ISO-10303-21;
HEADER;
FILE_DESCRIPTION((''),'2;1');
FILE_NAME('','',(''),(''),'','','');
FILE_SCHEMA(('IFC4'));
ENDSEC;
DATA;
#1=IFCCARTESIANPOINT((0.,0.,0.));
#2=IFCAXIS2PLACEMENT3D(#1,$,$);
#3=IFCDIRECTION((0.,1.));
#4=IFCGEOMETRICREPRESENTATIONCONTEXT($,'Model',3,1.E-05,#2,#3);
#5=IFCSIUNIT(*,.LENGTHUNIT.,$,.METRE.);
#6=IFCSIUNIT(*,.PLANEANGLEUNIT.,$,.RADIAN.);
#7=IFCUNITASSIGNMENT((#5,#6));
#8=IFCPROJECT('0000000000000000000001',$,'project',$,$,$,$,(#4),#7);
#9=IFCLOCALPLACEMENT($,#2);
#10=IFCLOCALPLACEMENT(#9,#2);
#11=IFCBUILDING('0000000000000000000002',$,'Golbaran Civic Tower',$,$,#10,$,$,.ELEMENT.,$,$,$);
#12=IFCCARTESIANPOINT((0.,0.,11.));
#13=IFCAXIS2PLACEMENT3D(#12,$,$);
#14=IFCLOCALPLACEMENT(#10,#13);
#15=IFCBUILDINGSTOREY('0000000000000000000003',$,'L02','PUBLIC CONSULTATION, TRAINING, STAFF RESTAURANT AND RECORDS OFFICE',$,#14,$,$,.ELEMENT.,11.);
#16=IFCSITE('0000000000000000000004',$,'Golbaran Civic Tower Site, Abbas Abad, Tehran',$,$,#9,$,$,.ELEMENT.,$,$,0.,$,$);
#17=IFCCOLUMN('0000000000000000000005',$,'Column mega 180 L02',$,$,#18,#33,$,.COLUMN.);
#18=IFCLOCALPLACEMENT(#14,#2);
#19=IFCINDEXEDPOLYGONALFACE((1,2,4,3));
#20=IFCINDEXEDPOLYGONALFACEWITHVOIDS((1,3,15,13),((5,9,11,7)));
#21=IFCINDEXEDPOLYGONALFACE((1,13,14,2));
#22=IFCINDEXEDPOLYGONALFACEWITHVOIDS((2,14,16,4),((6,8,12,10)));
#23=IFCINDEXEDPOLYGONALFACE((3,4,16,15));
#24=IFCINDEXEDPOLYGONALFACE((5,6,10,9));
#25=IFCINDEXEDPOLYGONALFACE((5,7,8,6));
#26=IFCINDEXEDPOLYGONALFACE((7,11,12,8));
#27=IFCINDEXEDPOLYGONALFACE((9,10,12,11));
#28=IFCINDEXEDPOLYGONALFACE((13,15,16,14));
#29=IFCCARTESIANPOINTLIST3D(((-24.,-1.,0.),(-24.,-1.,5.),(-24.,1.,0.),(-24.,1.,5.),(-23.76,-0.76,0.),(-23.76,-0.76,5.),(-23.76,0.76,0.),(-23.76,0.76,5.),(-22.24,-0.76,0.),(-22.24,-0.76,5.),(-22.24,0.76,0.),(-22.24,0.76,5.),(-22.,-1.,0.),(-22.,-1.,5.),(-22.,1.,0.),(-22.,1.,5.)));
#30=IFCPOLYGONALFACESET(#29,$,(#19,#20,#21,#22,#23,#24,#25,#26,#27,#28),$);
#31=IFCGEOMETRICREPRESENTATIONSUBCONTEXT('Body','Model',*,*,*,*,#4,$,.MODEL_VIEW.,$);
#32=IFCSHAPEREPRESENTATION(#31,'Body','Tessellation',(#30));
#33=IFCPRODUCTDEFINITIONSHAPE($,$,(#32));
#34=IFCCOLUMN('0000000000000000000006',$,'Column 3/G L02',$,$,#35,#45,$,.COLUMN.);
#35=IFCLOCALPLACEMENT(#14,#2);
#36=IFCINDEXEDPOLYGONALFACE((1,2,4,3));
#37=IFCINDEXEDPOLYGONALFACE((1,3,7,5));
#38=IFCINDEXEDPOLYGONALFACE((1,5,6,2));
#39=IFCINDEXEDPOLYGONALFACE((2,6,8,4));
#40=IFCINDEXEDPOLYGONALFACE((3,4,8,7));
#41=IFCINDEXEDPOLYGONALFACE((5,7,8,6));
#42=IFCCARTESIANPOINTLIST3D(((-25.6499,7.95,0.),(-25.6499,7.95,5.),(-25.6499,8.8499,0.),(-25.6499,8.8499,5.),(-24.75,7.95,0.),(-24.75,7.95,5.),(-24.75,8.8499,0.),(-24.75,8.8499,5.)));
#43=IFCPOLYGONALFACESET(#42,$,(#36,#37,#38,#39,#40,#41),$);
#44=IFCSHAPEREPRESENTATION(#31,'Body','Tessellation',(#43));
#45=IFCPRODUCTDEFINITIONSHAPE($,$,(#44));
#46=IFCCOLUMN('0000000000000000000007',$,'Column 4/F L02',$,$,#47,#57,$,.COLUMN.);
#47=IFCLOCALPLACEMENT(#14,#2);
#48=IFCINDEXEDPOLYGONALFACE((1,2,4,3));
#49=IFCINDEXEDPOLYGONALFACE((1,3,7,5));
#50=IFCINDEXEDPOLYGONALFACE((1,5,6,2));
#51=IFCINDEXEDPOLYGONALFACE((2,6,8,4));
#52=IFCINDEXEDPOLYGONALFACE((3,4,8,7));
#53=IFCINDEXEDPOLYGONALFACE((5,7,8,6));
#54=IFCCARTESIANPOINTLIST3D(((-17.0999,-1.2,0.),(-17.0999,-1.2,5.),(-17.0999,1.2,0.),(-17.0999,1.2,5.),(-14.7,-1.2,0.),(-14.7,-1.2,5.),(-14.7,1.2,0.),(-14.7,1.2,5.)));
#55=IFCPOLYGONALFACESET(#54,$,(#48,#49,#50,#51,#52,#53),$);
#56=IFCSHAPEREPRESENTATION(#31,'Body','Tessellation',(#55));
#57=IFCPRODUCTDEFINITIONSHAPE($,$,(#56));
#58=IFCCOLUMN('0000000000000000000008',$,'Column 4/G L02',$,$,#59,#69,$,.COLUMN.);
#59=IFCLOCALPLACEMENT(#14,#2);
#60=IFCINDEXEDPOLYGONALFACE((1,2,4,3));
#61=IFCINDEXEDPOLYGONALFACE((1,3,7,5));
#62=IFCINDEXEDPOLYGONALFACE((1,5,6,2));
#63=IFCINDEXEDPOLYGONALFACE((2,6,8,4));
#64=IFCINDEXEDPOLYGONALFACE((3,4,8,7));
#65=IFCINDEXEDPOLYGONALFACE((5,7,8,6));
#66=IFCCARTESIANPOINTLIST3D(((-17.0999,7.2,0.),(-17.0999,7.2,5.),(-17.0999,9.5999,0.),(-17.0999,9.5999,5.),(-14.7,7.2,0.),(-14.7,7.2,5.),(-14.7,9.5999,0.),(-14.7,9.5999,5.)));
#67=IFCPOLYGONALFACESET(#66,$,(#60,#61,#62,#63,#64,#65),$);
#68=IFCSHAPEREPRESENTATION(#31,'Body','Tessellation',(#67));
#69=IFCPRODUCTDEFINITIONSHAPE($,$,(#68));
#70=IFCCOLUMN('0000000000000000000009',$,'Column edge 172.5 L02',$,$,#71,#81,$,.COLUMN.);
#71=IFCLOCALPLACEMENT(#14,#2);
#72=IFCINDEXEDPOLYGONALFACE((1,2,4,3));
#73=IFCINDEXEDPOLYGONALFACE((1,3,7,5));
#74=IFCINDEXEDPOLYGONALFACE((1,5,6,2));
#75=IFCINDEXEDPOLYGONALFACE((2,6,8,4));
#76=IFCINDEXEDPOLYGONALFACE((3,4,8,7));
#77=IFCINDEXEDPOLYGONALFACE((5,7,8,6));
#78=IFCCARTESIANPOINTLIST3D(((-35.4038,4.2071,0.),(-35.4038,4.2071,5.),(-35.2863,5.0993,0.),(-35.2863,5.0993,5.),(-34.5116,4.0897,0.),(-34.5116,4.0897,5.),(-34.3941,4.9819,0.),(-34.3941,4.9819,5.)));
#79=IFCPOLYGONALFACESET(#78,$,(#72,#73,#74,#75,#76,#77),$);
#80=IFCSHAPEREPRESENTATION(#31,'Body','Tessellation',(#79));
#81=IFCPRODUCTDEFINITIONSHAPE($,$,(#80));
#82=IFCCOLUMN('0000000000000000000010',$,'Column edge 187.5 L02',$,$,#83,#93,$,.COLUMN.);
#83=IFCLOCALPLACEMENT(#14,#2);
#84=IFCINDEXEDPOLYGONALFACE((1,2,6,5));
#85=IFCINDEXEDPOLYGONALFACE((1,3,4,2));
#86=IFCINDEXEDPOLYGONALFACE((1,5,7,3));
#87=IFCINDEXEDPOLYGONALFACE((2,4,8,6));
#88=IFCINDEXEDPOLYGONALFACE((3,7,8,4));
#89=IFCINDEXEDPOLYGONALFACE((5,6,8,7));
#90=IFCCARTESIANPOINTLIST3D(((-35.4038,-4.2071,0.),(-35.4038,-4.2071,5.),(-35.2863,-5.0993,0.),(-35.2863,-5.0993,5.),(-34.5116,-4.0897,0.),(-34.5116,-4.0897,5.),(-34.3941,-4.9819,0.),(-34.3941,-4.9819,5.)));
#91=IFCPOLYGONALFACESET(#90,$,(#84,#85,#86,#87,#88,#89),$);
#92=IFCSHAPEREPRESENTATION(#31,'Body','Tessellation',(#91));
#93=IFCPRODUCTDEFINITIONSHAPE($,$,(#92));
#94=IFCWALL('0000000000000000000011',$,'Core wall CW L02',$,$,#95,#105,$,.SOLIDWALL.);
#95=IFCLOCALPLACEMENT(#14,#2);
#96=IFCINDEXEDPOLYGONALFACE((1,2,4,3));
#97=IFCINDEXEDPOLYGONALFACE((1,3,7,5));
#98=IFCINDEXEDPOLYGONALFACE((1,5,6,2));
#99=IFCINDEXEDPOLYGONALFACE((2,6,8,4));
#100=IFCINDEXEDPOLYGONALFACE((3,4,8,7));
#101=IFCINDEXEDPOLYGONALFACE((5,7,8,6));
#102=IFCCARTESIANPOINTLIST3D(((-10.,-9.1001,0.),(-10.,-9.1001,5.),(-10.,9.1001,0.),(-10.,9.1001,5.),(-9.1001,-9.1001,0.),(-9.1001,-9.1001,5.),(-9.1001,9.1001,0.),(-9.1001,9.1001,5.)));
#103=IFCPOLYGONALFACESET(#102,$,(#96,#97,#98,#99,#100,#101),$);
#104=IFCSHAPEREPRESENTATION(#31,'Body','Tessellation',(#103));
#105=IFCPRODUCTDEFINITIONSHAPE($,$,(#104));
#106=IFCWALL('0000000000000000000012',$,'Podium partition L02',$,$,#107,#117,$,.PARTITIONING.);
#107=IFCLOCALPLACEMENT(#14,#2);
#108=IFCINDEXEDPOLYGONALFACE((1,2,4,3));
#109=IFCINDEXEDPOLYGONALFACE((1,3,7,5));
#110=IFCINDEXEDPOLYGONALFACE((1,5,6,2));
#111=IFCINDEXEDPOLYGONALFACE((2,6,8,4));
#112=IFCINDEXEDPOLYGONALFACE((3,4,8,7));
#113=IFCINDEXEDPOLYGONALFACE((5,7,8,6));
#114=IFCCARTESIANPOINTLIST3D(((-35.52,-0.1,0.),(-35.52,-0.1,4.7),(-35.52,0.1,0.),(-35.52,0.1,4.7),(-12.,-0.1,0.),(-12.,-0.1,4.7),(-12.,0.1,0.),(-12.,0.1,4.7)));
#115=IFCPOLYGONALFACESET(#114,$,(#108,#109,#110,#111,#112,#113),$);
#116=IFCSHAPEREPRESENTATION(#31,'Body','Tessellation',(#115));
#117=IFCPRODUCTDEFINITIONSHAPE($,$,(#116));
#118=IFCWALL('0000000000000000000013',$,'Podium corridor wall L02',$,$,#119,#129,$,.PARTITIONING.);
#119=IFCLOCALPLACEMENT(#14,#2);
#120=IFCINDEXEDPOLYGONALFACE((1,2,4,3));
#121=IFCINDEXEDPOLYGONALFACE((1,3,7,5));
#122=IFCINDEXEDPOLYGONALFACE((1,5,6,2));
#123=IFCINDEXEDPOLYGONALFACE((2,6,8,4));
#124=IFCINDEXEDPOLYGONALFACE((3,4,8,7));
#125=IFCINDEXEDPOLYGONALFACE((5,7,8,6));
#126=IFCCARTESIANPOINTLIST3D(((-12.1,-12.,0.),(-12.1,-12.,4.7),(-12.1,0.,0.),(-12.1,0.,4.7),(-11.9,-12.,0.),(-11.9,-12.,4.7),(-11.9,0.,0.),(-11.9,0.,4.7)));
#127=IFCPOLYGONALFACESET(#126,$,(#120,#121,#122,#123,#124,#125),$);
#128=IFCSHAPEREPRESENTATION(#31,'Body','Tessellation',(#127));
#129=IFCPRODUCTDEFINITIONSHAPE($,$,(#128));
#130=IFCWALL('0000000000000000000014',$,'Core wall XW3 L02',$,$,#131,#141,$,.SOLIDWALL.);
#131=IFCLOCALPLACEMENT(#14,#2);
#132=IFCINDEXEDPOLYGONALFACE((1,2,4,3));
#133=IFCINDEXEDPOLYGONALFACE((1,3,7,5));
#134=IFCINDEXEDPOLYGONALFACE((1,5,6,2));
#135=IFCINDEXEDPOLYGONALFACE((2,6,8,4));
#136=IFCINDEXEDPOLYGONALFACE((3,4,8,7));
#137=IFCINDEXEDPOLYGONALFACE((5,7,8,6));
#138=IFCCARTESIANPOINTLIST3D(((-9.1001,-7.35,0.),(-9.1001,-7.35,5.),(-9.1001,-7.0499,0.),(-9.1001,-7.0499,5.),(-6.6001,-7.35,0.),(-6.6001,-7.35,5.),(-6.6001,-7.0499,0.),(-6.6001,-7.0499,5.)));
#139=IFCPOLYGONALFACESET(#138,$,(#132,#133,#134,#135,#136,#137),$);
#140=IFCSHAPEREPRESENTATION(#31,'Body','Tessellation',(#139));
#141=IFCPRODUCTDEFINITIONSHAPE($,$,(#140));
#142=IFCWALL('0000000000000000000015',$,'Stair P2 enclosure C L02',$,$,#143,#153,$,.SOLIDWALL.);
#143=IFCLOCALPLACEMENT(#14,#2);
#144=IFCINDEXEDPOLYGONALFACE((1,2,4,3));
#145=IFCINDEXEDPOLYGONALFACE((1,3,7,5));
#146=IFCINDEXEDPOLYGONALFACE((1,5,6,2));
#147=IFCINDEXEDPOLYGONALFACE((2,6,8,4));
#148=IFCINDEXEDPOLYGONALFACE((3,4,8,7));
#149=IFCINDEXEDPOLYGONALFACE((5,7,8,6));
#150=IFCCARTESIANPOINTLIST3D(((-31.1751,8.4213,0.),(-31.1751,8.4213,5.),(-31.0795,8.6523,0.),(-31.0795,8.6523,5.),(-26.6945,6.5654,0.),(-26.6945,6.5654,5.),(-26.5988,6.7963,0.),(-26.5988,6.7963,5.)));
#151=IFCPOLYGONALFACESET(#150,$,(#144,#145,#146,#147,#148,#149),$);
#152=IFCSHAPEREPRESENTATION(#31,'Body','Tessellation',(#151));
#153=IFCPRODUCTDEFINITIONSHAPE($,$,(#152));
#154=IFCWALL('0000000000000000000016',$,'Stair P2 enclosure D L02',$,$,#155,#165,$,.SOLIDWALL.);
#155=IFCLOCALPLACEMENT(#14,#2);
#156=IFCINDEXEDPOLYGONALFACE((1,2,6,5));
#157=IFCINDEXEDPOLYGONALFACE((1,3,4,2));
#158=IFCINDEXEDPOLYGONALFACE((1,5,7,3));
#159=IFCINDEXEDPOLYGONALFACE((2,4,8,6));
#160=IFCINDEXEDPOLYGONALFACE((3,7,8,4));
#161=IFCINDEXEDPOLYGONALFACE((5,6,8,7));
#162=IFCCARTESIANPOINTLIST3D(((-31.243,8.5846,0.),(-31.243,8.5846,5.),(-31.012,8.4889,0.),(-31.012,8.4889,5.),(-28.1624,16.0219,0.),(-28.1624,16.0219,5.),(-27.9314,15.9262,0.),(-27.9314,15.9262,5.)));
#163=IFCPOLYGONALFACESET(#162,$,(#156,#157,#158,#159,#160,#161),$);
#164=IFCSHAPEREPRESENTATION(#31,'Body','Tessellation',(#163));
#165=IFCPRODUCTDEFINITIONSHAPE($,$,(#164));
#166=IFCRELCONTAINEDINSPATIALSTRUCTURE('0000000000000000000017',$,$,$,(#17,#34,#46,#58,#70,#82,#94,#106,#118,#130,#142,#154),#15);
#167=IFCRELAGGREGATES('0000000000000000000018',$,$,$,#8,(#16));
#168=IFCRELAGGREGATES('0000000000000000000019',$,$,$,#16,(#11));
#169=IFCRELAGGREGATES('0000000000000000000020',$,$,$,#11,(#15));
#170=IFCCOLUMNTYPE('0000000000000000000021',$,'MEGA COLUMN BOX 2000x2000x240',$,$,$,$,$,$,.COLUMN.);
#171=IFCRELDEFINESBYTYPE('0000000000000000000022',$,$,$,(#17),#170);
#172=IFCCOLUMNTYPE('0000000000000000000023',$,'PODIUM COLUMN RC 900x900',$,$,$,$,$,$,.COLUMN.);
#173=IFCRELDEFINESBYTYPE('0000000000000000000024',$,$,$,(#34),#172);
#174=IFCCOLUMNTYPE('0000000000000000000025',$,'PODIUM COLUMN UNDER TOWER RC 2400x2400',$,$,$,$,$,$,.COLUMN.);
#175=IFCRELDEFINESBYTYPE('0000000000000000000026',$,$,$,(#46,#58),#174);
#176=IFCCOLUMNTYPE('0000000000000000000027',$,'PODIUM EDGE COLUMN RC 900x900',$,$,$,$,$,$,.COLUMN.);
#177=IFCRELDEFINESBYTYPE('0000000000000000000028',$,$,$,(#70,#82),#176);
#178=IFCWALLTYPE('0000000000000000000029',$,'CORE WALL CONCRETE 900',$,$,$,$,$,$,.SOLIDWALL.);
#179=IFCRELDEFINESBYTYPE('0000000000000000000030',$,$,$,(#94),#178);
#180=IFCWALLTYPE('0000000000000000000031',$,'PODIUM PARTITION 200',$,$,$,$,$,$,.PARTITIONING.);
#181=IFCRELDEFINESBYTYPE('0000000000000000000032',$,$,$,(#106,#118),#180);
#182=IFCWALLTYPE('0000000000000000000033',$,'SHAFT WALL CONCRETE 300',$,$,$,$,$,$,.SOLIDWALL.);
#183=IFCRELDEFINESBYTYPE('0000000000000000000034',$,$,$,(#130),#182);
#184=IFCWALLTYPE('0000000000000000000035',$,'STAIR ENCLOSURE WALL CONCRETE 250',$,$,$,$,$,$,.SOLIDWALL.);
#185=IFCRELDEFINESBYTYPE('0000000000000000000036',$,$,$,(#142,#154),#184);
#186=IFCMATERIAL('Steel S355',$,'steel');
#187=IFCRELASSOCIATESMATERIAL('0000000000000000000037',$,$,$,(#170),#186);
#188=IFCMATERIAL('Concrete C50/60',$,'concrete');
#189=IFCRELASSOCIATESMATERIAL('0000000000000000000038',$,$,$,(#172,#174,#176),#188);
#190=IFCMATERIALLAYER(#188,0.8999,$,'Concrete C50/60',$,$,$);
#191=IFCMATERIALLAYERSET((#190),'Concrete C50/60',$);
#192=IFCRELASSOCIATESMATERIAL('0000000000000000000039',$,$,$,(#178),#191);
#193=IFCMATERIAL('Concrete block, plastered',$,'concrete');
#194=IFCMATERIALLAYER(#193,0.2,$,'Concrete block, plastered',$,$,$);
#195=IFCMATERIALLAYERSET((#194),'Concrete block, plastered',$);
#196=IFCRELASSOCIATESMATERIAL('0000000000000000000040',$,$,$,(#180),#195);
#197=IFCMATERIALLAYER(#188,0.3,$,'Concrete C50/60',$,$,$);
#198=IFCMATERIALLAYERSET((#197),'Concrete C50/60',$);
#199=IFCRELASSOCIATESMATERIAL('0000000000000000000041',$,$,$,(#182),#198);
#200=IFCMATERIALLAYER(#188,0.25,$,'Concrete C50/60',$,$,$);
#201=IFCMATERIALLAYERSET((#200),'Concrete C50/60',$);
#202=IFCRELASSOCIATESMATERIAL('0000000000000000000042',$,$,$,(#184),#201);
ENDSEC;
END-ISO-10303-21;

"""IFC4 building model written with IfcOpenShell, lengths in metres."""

from ifc_helpers import new_model, si_unit, direction, frame, frame_2d, origin, origin_2d, place, context, subcontext, project, spatial, rectangle, hollow_rectangle, extrude, material, layer, layer_set, material_profile, profile_set, type_object, element, save


model = new_model("IFC4")

# Units and contexts
model_context = context("Model", 3, precision=1e-05, world=origin(), true_north=direction((0.0, 1.0)))
body_context = subcontext(model_context, "Body", "Model", "MODEL_VIEW")
ifc_project = project(units=[si_unit("LENGTHUNIT", "METRE"), si_unit("PLANEANGLEUNIT", "RADIAN")], contexts=[model_context])

# Site, building, storey
site_placement = place(None, origin())
site = spatial("IfcSite", under=ifc_project, at=site_placement, Name="Golbaran Civic Tower Site, Abbas Abad, Tehran", CompositionType="ELEMENT", RefElevation=0.0)
building_placement = place(site_placement, origin())
building = spatial("IfcBuilding", under=site, at=building_placement, Name="Golbaran Civic Tower", CompositionType="ELEMENT")
storey_placement = place(building_placement, frame((0.0, 0.0, 11.0)))
storey = spatial("IfcBuildingStorey", under=building, at=storey_placement, Name="L02", Description="PUBLIC CONSULTATION, TRAINING, STAFF RESTAURANT AND RECORDS OFFICE", CompositionType="ELEMENT", Elevation=11.0)

# Columns
ifc_material_1 = material(Name="Steel S355", Category="steel")
ifc_material_profile_1 = material_profile(ifc_material_1, hollow_rectangle(XDim=2.0, YDim=2.0, WallThickness=0.24, at=origin_2d()), Name="BOX 2000x2000x240")
ifc_profile_set_1 = profile_set([ifc_material_profile_1], Name="Steel S355")
column_type_1 = type_object("IfcColumnType", Name="MEGA COLUMN BOX 2000x2000x240", PredefinedType="COLUMN", material=ifc_profile_set_1)
column_1_placement = place(storey_placement, frame((-23.0, 0.0, 0.0), z_axis=(0.0, 0.0, 1.0), x_axis=(-1.0, 0.0, 0.0)))
element("IfcColumn", 1, at=column_1_placement, inside=storey, type_object=column_type_1, Name="Column mega 180 L02", PredefinedType="COLUMN", context=body_context, shape_type="SweptSolid", body=[
    extrude(hollow_rectangle(XDim=2.0, YDim=2.0, WallThickness=0.24, at=origin_2d()), origin(), (0.0, 0.0, 1.0), 5.0),
])
ifc_material_2 = material(Name="Concrete C50/60", Category="concrete")
ifc_material_profile_2 = material_profile(ifc_material_2, rectangle(XDim=0.8999, YDim=0.8999, at=origin_2d()), Name="RC 900x900")
ifc_profile_set_2 = profile_set([ifc_material_profile_2], Name="Concrete C50/60")
column_type_2 = type_object("IfcColumnType", Name="PODIUM COLUMN RC 900x900", PredefinedType="COLUMN", material=ifc_profile_set_2)
column_2_placement = place(storey_placement, frame((-25.2, 8.3999, 0.0), z_axis=(0.0, 0.0, 1.0), x_axis=(1.0, 0.0, 0.0)))
element("IfcColumn", 2, at=column_2_placement, inside=storey, type_object=column_type_2, Name="Column 3/G L02", PredefinedType="COLUMN", context=body_context, shape_type="SweptSolid", body=[
    extrude(rectangle(XDim=0.8999, YDim=0.8999, at=origin_2d()), origin(), (0.0, 0.0, 1.0), 5.0),
])
ifc_material_profile_3 = material_profile(ifc_material_2, rectangle(XDim=2.3999, YDim=2.3999, at=origin_2d()), Name="RC 2400x2400")
ifc_profile_set_3 = profile_set([ifc_material_profile_3], Name="Concrete C50/60")
column_type_3 = type_object("IfcColumnType", Name="PODIUM COLUMN UNDER TOWER RC 2400x2400", PredefinedType="COLUMN", material=ifc_profile_set_3)
for number, where, z_axis, x_axis, name in (
    (3, (-15.8999, 0.0, 0.0), (0.0, 0.0, 1.0), (1.0, 0.0, 0.0), "Column 4/F L02"),
    (4, (-15.8999, 8.3999, 0.0), (0.0, 0.0, 1.0), (1.0, 0.0, 0.0), "Column 4/G L02"),
):
    element("IfcColumn", number, at=place(storey_placement, frame(where, z_axis=z_axis, x_axis=x_axis)), inside=storey, type_object=column_type_3, Name=name, PredefinedType="COLUMN", context=body_context, shape_type="SweptSolid", body=[
        extrude(rectangle(XDim=2.3999, YDim=2.3999, at=origin_2d()), origin(), (0.0, 0.0, 1.0), 5.0),
    ])
ifc_material_profile_4 = material_profile(ifc_material_2, rectangle(XDim=0.8999, YDim=0.8999, at=origin_2d()), Name="RC 900x900")
ifc_profile_set_4 = profile_set([ifc_material_profile_4], Name="Concrete C50/60")
column_type_4 = type_object("IfcColumnType", Name="PODIUM EDGE COLUMN RC 900x900", PredefinedType="COLUMN", material=ifc_profile_set_4)
for number, where, z_axis, x_axis, name in (
    (5, (-34.8989, 4.5945, 0.0), (0.0, 0.0, 1.0), (-0.991445, 0.130526, 0.0), "Column edge 172.5 L02"),
    (6, (-34.8989, -4.5945, 0.0), (0.0, 0.0, 1.0), (-0.991445, -0.130526, 0.0), "Column edge 187.5 L02"),
):
    element("IfcColumn", number, at=place(storey_placement, frame(where, z_axis=z_axis, x_axis=x_axis)), inside=storey, type_object=column_type_4, Name=name, PredefinedType="COLUMN", context=body_context, shape_type="SweptSolid", body=[
        extrude(rectangle(XDim=0.8999, YDim=0.8999, at=origin_2d()), origin(), (0.0, 0.0, 1.0), 5.0),
    ])

# Walls
ifc_layer_1 = layer(ifc_material_2, 0.8999, Name="Concrete C50/60")
ifc_layer_set_1 = layer_set([ifc_layer_1], Name="Concrete C50/60")
wall_type_1 = type_object("IfcWallType", Name="CORE WALL CONCRETE 900", PredefinedType="SOLIDWALL", material=ifc_layer_set_1)
wall_1_placement = place(storey_placement, frame((-9.55, 9.1001, 0.0), z_axis=(0.0, 0.0, 1.0), x_axis=(0.0, -1.0, 0.0)))
element("IfcWall", 7, at=wall_1_placement, inside=storey, type_object=wall_type_1, Name="Core wall CW L02", PredefinedType="SOLIDWALL", context=body_context, shape_type="SweptSolid", body=[
    extrude(rectangle(XDim=18.2002, YDim=0.8999, at=frame_2d((9.1001, 0.0))), origin(), (0.0, 0.0, 1.0), 5.0),
])
ifc_material_3 = material(Name="Concrete block, plastered", Category="concrete")
ifc_layer_2 = layer(ifc_material_3, 0.2, Name="Concrete block, plastered")
ifc_layer_set_2 = layer_set([ifc_layer_2], Name="Concrete block, plastered")
wall_type_2 = type_object("IfcWallType", Name="PODIUM PARTITION 200", PredefinedType="PARTITIONING", material=ifc_layer_set_2)
wall_2_placement = place(storey_placement, frame((-35.52, 0.0, 0.0), z_axis=(0.0, 0.0, 1.0), x_axis=(1.0, 0.0, 0.0)))
element("IfcWall", 8, at=wall_2_placement, inside=storey, type_object=wall_type_2, Name="Podium partition L02", PredefinedType="PARTITIONING", context=body_context, shape_type="SweptSolid", body=[
    extrude(rectangle(XDim=23.52, YDim=0.2, at=frame_2d((11.76, 0.0))), origin(), (0.0, 0.0, 1.0), 4.7),
])
wall_3_placement = place(storey_placement, frame((-12.0, 0.0, 0.0), z_axis=(0.0, 0.0, 1.0), x_axis=(0.0, -1.0, 0.0)))
element("IfcWall", 9, at=wall_3_placement, inside=storey, type_object=wall_type_2, Name="Podium corridor wall L02", PredefinedType="PARTITIONING", context=body_context, shape_type="SweptSolid", body=[
    extrude(rectangle(XDim=12.0, YDim=0.2, at=frame_2d((6.0, 0.0))), origin(), (0.0, 0.0, 1.0), 4.7),
])
ifc_layer_3 = layer(ifc_material_2, 0.3, Name="Concrete C50/60")
ifc_layer_set_3 = layer_set([ifc_layer_3], Name="Concrete C50/60")
wall_type_3 = type_object("IfcWallType", Name="SHAFT WALL CONCRETE 300", PredefinedType="SOLIDWALL", material=ifc_layer_set_3)
wall_4_placement = place(storey_placement, frame((-9.1001, -7.2, 0.0), z_axis=(0.0, 0.0, 1.0), x_axis=(1.0, 0.0, 0.0)))
element("IfcWall", 10, at=wall_4_placement, inside=storey, type_object=wall_type_3, Name="Core wall XW3 L02", PredefinedType="SOLIDWALL", context=body_context, shape_type="SweptSolid", body=[
    extrude(rectangle(XDim=2.5, YDim=0.3, at=frame_2d((1.25, 0.0))), origin(), (0.0, 0.0, 1.0), 5.0),
])
ifc_layer_4 = layer(ifc_material_2, 0.25, Name="Concrete C50/60")
ifc_layer_set_4 = layer_set([ifc_layer_4], Name="Concrete C50/60")
wall_type_4 = type_object("IfcWallType", Name="STAIR ENCLOSURE WALL CONCRETE 250", PredefinedType="SOLIDWALL", material=ifc_layer_set_4)
wall_5_placement = place(storey_placement, frame((-26.6467, 6.6809, 0.0), z_axis=(0.0, 0.0, 1.0), x_axis=(-0.923881, 0.382681, 0.0)))
element("IfcWall", 11, at=wall_5_placement, inside=storey, type_object=wall_type_4, Name="Stair P2 enclosure C L02", PredefinedType="SOLIDWALL", context=body_context, shape_type="SweptSolid", body=[
    extrude(rectangle(XDim=4.8499, YDim=0.25, at=frame_2d((2.4248, 0.0))), origin(), (0.0, 0.0, 1.0), 5.0),
])
wall_6_placement = place(storey_placement, frame((-31.1274, 8.5369, 0.0), z_axis=(0.0, 0.0, 1.0), x_axis=(0.382679, 0.923882, 0.0)))
element("IfcWall", 12, at=wall_6_placement, inside=storey, type_object=wall_type_4, Name="Stair P2 enclosure D L02", PredefinedType="SOLIDWALL", context=body_context, shape_type="SweptSolid", body=[
    extrude(rectangle(XDim=8.05, YDim=0.25, at=frame_2d((4.0249, 0.0))), origin(), (0.0, 0.0, 1.0), 5.0),
])

save(model, "model.ifc")
